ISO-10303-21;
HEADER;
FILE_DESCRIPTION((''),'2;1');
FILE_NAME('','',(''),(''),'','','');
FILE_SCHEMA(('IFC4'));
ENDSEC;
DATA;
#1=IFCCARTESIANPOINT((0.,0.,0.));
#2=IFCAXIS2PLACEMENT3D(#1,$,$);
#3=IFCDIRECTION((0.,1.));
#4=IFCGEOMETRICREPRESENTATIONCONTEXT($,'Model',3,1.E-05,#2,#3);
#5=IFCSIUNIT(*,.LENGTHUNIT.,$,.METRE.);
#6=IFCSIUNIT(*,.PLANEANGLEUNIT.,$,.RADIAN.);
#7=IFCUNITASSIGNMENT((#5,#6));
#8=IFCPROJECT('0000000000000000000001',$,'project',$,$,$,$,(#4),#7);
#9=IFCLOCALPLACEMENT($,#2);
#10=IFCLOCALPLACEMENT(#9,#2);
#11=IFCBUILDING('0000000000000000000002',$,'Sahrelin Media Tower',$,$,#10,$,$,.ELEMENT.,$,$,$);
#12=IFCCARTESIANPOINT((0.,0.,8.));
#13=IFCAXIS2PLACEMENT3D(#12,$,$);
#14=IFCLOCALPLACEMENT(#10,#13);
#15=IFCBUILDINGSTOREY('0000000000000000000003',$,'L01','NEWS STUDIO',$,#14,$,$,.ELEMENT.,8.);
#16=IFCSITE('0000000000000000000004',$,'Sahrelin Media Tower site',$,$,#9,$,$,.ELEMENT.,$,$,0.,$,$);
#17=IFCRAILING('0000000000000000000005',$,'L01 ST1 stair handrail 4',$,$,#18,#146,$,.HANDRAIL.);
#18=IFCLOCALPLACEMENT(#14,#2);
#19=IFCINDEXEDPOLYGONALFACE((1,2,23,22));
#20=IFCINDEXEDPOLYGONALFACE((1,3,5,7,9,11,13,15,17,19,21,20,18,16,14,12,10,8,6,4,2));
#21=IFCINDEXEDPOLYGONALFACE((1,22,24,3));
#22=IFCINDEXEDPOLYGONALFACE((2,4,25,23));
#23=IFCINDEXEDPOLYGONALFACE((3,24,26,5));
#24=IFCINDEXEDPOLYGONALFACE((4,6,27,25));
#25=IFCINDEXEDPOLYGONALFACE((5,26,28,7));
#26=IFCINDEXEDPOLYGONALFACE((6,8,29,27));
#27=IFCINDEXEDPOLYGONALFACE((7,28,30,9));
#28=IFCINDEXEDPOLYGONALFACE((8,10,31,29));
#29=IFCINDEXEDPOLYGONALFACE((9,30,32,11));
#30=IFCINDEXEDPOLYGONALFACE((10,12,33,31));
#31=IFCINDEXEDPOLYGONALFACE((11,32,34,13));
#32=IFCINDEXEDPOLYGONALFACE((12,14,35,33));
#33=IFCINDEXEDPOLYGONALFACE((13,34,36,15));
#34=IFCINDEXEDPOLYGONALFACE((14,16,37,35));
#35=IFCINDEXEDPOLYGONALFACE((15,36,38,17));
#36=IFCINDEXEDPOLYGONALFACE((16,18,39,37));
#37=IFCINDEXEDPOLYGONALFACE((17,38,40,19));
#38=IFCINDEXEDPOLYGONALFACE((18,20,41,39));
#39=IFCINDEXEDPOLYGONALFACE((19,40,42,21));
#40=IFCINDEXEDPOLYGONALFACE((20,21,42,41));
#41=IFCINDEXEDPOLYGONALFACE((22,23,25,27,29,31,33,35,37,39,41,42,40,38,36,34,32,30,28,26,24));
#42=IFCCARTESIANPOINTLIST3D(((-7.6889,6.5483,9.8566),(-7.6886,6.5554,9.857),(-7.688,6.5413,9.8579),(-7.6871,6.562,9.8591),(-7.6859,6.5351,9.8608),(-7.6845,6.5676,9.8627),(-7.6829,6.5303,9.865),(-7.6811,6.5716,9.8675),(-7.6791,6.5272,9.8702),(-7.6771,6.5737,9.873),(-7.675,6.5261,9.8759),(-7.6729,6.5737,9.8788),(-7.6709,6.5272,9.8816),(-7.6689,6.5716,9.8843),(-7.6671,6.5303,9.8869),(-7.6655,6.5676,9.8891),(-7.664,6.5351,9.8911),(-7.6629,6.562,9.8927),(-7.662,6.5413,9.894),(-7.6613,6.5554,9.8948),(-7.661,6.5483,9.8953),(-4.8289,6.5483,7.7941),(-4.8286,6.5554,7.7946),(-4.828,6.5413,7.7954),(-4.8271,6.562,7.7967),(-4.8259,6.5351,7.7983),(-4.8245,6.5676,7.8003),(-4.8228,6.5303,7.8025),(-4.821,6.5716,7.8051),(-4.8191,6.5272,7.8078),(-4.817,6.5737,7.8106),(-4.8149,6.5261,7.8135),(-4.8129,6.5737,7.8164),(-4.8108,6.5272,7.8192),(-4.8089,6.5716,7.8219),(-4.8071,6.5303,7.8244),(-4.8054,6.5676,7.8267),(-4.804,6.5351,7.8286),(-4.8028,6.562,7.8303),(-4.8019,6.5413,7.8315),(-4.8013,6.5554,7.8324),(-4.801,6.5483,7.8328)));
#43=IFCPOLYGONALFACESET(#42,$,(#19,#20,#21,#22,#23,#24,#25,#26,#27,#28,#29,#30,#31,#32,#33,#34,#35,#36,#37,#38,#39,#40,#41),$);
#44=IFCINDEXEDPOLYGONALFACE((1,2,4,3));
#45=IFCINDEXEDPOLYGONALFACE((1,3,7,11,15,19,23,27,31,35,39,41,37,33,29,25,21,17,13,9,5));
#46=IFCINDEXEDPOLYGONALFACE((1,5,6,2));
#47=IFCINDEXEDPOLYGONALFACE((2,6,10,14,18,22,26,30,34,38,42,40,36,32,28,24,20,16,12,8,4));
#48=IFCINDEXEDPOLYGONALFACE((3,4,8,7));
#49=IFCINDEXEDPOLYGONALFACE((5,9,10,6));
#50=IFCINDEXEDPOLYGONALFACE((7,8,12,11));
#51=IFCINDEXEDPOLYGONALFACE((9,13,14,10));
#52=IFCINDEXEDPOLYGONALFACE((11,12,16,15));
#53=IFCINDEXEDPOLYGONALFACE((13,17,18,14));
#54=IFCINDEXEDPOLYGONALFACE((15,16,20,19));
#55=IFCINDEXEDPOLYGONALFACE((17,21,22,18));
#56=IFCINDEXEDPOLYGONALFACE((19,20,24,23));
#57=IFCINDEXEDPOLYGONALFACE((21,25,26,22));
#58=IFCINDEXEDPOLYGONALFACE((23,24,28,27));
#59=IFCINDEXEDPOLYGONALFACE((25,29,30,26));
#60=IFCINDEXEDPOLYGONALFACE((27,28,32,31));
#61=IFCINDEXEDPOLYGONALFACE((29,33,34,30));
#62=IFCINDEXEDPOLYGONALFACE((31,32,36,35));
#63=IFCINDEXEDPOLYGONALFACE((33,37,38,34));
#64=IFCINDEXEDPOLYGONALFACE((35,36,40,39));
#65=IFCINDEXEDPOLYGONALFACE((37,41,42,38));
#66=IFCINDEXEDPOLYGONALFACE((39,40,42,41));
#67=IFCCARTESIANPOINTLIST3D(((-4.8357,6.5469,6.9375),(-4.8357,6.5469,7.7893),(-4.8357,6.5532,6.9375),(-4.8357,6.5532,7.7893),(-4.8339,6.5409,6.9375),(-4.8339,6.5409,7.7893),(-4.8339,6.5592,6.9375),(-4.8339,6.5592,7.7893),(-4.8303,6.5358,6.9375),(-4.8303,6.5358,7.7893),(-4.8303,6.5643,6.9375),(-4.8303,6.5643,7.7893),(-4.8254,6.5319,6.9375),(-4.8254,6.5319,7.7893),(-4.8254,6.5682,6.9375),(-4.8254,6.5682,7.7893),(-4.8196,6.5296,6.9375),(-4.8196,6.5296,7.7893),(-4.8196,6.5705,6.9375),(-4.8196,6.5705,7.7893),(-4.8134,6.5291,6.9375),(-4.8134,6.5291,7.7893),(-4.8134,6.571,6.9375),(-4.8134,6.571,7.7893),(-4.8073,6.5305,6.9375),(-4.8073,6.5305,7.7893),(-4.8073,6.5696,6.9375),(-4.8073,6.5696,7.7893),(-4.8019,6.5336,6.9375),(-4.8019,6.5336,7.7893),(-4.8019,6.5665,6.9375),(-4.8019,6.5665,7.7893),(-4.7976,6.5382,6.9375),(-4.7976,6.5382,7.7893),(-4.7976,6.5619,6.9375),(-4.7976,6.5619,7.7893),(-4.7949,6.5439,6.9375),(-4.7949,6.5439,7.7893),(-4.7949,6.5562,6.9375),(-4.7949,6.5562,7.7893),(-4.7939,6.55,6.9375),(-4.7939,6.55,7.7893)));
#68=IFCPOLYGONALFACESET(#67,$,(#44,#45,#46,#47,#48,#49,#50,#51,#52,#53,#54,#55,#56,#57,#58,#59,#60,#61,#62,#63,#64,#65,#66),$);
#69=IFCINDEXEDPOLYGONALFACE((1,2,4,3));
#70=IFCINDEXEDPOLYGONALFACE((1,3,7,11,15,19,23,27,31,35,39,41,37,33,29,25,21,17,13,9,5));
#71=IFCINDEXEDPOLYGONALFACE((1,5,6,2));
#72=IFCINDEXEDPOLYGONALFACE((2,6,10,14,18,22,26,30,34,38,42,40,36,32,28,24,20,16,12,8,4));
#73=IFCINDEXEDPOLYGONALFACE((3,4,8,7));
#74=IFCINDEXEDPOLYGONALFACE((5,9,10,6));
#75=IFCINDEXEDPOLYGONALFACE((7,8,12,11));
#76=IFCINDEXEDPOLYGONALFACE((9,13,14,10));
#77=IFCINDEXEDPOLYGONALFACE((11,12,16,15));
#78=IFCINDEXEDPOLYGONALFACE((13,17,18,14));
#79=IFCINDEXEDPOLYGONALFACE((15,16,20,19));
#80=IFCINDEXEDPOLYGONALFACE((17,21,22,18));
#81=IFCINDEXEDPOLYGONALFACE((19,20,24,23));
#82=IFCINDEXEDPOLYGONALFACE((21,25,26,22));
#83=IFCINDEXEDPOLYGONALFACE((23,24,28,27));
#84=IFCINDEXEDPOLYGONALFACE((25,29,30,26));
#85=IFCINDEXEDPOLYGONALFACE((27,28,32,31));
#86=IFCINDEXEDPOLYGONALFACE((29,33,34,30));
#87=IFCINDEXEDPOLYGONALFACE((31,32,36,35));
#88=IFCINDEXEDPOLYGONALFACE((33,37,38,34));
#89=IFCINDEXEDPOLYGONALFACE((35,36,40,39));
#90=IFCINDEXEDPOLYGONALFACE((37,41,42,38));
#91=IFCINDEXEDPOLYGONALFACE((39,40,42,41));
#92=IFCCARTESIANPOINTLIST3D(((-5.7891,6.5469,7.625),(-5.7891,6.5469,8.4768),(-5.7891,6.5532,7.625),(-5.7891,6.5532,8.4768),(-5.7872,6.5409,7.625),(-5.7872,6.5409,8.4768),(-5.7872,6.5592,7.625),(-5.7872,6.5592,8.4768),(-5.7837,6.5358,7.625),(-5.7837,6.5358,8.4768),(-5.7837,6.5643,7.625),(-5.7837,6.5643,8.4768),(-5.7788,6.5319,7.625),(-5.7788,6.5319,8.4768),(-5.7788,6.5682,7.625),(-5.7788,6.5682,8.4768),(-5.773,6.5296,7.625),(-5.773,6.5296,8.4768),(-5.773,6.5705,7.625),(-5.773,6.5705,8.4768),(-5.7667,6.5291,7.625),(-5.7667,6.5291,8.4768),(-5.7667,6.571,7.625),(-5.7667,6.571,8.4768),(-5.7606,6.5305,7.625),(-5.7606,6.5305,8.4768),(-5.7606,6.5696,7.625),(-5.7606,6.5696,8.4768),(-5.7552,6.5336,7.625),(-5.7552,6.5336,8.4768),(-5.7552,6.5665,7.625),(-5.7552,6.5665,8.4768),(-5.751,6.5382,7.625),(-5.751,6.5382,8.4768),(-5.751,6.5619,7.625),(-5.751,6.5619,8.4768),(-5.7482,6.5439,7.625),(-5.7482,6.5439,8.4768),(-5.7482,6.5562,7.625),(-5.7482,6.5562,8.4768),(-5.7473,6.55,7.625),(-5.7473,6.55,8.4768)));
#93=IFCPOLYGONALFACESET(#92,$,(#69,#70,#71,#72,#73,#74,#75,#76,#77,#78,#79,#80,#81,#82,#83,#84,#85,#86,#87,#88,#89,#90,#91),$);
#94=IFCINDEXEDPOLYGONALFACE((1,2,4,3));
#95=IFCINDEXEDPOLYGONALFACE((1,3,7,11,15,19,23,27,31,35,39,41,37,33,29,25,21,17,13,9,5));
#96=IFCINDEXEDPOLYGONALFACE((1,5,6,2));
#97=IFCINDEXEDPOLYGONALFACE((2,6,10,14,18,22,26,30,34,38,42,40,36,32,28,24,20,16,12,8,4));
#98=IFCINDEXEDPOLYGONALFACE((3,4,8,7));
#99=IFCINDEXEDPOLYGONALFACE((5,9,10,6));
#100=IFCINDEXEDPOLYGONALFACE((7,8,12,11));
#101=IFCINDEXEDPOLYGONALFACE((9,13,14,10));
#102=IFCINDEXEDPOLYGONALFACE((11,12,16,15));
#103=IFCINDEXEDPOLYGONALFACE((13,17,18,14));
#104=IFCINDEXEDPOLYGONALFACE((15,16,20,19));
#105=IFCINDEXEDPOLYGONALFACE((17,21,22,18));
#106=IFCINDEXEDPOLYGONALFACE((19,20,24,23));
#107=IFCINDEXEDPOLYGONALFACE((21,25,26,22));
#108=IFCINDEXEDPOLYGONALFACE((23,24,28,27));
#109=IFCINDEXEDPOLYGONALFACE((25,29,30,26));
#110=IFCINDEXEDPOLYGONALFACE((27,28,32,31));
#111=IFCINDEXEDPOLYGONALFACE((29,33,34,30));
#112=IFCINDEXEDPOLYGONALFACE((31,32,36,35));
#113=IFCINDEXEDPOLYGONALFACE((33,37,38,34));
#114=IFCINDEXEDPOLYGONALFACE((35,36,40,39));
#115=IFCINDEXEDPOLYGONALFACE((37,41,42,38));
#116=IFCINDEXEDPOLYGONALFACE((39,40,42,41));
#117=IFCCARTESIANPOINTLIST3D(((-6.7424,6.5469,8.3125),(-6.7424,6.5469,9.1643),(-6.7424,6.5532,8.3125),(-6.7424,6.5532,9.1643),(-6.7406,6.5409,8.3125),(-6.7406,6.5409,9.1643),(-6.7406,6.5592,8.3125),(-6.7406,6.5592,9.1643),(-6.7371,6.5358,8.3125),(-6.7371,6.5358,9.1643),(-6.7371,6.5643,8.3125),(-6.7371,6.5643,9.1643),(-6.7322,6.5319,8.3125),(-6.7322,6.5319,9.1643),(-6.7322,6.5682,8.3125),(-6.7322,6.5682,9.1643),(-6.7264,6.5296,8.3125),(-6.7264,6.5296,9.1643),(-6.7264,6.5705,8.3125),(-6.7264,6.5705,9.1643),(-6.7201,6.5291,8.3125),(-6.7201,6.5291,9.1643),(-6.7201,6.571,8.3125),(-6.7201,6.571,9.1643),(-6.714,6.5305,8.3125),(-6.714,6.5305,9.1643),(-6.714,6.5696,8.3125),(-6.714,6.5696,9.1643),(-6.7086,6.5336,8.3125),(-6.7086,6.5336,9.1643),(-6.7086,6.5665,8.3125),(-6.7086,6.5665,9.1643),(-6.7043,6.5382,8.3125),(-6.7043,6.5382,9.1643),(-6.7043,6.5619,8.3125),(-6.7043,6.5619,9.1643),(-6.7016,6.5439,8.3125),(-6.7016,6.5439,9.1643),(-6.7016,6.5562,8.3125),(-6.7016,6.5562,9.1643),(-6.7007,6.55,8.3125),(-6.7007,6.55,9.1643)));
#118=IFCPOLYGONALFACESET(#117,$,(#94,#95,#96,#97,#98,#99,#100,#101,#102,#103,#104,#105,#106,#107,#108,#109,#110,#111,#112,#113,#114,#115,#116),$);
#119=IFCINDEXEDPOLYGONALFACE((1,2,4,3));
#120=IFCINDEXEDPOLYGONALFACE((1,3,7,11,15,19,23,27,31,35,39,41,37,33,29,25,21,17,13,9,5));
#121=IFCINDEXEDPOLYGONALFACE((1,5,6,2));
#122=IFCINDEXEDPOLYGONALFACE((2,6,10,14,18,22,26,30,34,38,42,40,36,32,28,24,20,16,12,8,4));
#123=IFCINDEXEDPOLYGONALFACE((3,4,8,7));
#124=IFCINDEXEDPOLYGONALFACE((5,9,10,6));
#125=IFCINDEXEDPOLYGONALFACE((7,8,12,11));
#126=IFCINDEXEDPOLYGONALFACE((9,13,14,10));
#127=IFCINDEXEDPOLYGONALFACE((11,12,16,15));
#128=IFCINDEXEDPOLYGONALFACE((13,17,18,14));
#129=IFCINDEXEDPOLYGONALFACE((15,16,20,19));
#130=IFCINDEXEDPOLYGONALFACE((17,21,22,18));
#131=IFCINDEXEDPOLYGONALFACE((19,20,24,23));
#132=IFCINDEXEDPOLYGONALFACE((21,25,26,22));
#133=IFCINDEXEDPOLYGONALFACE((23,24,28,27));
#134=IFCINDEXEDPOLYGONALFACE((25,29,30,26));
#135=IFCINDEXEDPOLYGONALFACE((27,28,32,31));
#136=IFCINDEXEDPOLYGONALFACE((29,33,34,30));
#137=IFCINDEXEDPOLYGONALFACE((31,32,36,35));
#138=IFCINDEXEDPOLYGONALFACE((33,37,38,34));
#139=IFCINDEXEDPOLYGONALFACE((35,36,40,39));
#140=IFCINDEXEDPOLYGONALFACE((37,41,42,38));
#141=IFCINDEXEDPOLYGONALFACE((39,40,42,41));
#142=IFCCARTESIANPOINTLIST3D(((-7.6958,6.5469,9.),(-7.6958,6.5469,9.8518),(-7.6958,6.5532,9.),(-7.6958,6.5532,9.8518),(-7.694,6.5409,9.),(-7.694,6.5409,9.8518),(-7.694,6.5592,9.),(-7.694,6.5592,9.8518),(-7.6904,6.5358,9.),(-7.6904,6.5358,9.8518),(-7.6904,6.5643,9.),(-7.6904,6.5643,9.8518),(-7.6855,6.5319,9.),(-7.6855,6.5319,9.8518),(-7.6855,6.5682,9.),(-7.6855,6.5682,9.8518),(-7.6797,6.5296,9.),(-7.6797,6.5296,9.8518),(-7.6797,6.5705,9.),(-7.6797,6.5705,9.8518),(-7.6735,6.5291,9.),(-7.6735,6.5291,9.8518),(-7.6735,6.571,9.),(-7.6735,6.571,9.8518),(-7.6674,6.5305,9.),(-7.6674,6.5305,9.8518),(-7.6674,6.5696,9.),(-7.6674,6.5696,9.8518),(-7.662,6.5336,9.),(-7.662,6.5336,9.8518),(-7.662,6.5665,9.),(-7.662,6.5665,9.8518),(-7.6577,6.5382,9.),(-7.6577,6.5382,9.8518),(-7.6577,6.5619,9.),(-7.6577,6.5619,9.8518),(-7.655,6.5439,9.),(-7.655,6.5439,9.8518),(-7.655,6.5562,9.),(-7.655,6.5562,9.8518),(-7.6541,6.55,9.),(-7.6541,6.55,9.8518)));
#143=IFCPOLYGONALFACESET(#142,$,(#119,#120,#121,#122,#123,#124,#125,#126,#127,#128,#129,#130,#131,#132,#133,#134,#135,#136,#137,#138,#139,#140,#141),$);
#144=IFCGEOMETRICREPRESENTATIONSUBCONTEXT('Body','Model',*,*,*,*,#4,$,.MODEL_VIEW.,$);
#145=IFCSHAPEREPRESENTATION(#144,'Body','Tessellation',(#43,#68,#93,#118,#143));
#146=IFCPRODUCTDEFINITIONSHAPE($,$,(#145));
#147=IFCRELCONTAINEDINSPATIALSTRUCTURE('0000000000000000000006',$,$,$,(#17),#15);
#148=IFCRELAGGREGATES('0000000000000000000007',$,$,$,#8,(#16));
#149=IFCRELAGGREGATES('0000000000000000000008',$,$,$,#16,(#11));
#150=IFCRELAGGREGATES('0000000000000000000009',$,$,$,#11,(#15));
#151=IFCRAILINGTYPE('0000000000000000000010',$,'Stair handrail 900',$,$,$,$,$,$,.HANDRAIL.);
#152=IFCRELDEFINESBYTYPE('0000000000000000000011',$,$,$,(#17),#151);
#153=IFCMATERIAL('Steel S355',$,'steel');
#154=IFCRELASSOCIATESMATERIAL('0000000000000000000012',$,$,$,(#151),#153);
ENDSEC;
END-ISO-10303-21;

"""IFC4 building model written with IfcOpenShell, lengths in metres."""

from ifc_helpers import new_model, si_unit, direction, frame, origin, origin_2d, place, context, subcontext, project, spatial, circle, extrude, material, type_object, element, save


model = new_model("IFC4")

# Units and contexts
model_context = context("Model", 3, precision=1e-05, world=origin(), true_north=direction((0.0, 1.0)))
body_context = subcontext(model_context, "Body", "Model", "MODEL_VIEW")
ifc_project = project(units=[si_unit("LENGTHUNIT", "METRE"), si_unit("PLANEANGLEUNIT", "RADIAN")], contexts=[model_context])

# Site, building, storey
site_placement = place(None, origin())
site = spatial("IfcSite", under=ifc_project, at=site_placement, Name="Sahrelin Media Tower site", CompositionType="ELEMENT", RefElevation=0.0)
building_placement = place(site_placement, origin())
building = spatial("IfcBuilding", under=site, at=building_placement, Name="Sahrelin Media Tower", CompositionType="ELEMENT")
storey_placement = place(building_placement, frame((0.0, 0.0, 8.0)))
storey = spatial("IfcBuildingStorey", under=building, at=storey_placement, Name="L01", Description="NEWS STUDIO", CompositionType="ELEMENT", Elevation=8.0)

# Shared definitions
ifc_material_1 = material(Name="Steel S355", Category="steel")

# Railing
railing_type_1 = type_object("IfcRailingType", Name="Stair handrail 900", PredefinedType="HANDRAIL", material=ifc_material_1)
for number, where, name in (
    (1, (-4.8149, 6.55, 6.9375), "L01 ST1 stair handrail 4"),
):
    element("IfcRailing", number, at=place(storey_placement, frame(where)), inside=storey, type_object=railing_type_1, Name=name, PredefinedType="HANDRAIL", context=body_context, shape_type="SweptSolid", body=[
        extrude(circle(Radius=0.0239, at=origin_2d()), frame((0.0, 0.0, 0.876), z_axis=(-0.811101, 0.0, 0.584906), x_axis=(0.0, -1.0, 0.0)), (0.0, 0.0, 1.0), 3.5261),
        extrude(circle(Radius=0.021, at=origin_2d()), origin(), (0.0, 0.0, 1.0), 0.8518),
        extrude(circle(Radius=0.021, at=origin_2d()), frame((-0.9534, 0.0, 0.6875)), (0.0, 0.0, 1.0), 0.8518),
        extrude(circle(Radius=0.021, at=origin_2d()), frame((-1.9067, 0.0, 1.375)), (0.0, 0.0, 1.0), 0.8518),
        extrude(circle(Radius=0.021, at=origin_2d()), frame((-2.8601, 0.0, 2.0625)), (0.0, 0.0, 1.0), 0.8518),
    ])

save(model, "model.ifc")
